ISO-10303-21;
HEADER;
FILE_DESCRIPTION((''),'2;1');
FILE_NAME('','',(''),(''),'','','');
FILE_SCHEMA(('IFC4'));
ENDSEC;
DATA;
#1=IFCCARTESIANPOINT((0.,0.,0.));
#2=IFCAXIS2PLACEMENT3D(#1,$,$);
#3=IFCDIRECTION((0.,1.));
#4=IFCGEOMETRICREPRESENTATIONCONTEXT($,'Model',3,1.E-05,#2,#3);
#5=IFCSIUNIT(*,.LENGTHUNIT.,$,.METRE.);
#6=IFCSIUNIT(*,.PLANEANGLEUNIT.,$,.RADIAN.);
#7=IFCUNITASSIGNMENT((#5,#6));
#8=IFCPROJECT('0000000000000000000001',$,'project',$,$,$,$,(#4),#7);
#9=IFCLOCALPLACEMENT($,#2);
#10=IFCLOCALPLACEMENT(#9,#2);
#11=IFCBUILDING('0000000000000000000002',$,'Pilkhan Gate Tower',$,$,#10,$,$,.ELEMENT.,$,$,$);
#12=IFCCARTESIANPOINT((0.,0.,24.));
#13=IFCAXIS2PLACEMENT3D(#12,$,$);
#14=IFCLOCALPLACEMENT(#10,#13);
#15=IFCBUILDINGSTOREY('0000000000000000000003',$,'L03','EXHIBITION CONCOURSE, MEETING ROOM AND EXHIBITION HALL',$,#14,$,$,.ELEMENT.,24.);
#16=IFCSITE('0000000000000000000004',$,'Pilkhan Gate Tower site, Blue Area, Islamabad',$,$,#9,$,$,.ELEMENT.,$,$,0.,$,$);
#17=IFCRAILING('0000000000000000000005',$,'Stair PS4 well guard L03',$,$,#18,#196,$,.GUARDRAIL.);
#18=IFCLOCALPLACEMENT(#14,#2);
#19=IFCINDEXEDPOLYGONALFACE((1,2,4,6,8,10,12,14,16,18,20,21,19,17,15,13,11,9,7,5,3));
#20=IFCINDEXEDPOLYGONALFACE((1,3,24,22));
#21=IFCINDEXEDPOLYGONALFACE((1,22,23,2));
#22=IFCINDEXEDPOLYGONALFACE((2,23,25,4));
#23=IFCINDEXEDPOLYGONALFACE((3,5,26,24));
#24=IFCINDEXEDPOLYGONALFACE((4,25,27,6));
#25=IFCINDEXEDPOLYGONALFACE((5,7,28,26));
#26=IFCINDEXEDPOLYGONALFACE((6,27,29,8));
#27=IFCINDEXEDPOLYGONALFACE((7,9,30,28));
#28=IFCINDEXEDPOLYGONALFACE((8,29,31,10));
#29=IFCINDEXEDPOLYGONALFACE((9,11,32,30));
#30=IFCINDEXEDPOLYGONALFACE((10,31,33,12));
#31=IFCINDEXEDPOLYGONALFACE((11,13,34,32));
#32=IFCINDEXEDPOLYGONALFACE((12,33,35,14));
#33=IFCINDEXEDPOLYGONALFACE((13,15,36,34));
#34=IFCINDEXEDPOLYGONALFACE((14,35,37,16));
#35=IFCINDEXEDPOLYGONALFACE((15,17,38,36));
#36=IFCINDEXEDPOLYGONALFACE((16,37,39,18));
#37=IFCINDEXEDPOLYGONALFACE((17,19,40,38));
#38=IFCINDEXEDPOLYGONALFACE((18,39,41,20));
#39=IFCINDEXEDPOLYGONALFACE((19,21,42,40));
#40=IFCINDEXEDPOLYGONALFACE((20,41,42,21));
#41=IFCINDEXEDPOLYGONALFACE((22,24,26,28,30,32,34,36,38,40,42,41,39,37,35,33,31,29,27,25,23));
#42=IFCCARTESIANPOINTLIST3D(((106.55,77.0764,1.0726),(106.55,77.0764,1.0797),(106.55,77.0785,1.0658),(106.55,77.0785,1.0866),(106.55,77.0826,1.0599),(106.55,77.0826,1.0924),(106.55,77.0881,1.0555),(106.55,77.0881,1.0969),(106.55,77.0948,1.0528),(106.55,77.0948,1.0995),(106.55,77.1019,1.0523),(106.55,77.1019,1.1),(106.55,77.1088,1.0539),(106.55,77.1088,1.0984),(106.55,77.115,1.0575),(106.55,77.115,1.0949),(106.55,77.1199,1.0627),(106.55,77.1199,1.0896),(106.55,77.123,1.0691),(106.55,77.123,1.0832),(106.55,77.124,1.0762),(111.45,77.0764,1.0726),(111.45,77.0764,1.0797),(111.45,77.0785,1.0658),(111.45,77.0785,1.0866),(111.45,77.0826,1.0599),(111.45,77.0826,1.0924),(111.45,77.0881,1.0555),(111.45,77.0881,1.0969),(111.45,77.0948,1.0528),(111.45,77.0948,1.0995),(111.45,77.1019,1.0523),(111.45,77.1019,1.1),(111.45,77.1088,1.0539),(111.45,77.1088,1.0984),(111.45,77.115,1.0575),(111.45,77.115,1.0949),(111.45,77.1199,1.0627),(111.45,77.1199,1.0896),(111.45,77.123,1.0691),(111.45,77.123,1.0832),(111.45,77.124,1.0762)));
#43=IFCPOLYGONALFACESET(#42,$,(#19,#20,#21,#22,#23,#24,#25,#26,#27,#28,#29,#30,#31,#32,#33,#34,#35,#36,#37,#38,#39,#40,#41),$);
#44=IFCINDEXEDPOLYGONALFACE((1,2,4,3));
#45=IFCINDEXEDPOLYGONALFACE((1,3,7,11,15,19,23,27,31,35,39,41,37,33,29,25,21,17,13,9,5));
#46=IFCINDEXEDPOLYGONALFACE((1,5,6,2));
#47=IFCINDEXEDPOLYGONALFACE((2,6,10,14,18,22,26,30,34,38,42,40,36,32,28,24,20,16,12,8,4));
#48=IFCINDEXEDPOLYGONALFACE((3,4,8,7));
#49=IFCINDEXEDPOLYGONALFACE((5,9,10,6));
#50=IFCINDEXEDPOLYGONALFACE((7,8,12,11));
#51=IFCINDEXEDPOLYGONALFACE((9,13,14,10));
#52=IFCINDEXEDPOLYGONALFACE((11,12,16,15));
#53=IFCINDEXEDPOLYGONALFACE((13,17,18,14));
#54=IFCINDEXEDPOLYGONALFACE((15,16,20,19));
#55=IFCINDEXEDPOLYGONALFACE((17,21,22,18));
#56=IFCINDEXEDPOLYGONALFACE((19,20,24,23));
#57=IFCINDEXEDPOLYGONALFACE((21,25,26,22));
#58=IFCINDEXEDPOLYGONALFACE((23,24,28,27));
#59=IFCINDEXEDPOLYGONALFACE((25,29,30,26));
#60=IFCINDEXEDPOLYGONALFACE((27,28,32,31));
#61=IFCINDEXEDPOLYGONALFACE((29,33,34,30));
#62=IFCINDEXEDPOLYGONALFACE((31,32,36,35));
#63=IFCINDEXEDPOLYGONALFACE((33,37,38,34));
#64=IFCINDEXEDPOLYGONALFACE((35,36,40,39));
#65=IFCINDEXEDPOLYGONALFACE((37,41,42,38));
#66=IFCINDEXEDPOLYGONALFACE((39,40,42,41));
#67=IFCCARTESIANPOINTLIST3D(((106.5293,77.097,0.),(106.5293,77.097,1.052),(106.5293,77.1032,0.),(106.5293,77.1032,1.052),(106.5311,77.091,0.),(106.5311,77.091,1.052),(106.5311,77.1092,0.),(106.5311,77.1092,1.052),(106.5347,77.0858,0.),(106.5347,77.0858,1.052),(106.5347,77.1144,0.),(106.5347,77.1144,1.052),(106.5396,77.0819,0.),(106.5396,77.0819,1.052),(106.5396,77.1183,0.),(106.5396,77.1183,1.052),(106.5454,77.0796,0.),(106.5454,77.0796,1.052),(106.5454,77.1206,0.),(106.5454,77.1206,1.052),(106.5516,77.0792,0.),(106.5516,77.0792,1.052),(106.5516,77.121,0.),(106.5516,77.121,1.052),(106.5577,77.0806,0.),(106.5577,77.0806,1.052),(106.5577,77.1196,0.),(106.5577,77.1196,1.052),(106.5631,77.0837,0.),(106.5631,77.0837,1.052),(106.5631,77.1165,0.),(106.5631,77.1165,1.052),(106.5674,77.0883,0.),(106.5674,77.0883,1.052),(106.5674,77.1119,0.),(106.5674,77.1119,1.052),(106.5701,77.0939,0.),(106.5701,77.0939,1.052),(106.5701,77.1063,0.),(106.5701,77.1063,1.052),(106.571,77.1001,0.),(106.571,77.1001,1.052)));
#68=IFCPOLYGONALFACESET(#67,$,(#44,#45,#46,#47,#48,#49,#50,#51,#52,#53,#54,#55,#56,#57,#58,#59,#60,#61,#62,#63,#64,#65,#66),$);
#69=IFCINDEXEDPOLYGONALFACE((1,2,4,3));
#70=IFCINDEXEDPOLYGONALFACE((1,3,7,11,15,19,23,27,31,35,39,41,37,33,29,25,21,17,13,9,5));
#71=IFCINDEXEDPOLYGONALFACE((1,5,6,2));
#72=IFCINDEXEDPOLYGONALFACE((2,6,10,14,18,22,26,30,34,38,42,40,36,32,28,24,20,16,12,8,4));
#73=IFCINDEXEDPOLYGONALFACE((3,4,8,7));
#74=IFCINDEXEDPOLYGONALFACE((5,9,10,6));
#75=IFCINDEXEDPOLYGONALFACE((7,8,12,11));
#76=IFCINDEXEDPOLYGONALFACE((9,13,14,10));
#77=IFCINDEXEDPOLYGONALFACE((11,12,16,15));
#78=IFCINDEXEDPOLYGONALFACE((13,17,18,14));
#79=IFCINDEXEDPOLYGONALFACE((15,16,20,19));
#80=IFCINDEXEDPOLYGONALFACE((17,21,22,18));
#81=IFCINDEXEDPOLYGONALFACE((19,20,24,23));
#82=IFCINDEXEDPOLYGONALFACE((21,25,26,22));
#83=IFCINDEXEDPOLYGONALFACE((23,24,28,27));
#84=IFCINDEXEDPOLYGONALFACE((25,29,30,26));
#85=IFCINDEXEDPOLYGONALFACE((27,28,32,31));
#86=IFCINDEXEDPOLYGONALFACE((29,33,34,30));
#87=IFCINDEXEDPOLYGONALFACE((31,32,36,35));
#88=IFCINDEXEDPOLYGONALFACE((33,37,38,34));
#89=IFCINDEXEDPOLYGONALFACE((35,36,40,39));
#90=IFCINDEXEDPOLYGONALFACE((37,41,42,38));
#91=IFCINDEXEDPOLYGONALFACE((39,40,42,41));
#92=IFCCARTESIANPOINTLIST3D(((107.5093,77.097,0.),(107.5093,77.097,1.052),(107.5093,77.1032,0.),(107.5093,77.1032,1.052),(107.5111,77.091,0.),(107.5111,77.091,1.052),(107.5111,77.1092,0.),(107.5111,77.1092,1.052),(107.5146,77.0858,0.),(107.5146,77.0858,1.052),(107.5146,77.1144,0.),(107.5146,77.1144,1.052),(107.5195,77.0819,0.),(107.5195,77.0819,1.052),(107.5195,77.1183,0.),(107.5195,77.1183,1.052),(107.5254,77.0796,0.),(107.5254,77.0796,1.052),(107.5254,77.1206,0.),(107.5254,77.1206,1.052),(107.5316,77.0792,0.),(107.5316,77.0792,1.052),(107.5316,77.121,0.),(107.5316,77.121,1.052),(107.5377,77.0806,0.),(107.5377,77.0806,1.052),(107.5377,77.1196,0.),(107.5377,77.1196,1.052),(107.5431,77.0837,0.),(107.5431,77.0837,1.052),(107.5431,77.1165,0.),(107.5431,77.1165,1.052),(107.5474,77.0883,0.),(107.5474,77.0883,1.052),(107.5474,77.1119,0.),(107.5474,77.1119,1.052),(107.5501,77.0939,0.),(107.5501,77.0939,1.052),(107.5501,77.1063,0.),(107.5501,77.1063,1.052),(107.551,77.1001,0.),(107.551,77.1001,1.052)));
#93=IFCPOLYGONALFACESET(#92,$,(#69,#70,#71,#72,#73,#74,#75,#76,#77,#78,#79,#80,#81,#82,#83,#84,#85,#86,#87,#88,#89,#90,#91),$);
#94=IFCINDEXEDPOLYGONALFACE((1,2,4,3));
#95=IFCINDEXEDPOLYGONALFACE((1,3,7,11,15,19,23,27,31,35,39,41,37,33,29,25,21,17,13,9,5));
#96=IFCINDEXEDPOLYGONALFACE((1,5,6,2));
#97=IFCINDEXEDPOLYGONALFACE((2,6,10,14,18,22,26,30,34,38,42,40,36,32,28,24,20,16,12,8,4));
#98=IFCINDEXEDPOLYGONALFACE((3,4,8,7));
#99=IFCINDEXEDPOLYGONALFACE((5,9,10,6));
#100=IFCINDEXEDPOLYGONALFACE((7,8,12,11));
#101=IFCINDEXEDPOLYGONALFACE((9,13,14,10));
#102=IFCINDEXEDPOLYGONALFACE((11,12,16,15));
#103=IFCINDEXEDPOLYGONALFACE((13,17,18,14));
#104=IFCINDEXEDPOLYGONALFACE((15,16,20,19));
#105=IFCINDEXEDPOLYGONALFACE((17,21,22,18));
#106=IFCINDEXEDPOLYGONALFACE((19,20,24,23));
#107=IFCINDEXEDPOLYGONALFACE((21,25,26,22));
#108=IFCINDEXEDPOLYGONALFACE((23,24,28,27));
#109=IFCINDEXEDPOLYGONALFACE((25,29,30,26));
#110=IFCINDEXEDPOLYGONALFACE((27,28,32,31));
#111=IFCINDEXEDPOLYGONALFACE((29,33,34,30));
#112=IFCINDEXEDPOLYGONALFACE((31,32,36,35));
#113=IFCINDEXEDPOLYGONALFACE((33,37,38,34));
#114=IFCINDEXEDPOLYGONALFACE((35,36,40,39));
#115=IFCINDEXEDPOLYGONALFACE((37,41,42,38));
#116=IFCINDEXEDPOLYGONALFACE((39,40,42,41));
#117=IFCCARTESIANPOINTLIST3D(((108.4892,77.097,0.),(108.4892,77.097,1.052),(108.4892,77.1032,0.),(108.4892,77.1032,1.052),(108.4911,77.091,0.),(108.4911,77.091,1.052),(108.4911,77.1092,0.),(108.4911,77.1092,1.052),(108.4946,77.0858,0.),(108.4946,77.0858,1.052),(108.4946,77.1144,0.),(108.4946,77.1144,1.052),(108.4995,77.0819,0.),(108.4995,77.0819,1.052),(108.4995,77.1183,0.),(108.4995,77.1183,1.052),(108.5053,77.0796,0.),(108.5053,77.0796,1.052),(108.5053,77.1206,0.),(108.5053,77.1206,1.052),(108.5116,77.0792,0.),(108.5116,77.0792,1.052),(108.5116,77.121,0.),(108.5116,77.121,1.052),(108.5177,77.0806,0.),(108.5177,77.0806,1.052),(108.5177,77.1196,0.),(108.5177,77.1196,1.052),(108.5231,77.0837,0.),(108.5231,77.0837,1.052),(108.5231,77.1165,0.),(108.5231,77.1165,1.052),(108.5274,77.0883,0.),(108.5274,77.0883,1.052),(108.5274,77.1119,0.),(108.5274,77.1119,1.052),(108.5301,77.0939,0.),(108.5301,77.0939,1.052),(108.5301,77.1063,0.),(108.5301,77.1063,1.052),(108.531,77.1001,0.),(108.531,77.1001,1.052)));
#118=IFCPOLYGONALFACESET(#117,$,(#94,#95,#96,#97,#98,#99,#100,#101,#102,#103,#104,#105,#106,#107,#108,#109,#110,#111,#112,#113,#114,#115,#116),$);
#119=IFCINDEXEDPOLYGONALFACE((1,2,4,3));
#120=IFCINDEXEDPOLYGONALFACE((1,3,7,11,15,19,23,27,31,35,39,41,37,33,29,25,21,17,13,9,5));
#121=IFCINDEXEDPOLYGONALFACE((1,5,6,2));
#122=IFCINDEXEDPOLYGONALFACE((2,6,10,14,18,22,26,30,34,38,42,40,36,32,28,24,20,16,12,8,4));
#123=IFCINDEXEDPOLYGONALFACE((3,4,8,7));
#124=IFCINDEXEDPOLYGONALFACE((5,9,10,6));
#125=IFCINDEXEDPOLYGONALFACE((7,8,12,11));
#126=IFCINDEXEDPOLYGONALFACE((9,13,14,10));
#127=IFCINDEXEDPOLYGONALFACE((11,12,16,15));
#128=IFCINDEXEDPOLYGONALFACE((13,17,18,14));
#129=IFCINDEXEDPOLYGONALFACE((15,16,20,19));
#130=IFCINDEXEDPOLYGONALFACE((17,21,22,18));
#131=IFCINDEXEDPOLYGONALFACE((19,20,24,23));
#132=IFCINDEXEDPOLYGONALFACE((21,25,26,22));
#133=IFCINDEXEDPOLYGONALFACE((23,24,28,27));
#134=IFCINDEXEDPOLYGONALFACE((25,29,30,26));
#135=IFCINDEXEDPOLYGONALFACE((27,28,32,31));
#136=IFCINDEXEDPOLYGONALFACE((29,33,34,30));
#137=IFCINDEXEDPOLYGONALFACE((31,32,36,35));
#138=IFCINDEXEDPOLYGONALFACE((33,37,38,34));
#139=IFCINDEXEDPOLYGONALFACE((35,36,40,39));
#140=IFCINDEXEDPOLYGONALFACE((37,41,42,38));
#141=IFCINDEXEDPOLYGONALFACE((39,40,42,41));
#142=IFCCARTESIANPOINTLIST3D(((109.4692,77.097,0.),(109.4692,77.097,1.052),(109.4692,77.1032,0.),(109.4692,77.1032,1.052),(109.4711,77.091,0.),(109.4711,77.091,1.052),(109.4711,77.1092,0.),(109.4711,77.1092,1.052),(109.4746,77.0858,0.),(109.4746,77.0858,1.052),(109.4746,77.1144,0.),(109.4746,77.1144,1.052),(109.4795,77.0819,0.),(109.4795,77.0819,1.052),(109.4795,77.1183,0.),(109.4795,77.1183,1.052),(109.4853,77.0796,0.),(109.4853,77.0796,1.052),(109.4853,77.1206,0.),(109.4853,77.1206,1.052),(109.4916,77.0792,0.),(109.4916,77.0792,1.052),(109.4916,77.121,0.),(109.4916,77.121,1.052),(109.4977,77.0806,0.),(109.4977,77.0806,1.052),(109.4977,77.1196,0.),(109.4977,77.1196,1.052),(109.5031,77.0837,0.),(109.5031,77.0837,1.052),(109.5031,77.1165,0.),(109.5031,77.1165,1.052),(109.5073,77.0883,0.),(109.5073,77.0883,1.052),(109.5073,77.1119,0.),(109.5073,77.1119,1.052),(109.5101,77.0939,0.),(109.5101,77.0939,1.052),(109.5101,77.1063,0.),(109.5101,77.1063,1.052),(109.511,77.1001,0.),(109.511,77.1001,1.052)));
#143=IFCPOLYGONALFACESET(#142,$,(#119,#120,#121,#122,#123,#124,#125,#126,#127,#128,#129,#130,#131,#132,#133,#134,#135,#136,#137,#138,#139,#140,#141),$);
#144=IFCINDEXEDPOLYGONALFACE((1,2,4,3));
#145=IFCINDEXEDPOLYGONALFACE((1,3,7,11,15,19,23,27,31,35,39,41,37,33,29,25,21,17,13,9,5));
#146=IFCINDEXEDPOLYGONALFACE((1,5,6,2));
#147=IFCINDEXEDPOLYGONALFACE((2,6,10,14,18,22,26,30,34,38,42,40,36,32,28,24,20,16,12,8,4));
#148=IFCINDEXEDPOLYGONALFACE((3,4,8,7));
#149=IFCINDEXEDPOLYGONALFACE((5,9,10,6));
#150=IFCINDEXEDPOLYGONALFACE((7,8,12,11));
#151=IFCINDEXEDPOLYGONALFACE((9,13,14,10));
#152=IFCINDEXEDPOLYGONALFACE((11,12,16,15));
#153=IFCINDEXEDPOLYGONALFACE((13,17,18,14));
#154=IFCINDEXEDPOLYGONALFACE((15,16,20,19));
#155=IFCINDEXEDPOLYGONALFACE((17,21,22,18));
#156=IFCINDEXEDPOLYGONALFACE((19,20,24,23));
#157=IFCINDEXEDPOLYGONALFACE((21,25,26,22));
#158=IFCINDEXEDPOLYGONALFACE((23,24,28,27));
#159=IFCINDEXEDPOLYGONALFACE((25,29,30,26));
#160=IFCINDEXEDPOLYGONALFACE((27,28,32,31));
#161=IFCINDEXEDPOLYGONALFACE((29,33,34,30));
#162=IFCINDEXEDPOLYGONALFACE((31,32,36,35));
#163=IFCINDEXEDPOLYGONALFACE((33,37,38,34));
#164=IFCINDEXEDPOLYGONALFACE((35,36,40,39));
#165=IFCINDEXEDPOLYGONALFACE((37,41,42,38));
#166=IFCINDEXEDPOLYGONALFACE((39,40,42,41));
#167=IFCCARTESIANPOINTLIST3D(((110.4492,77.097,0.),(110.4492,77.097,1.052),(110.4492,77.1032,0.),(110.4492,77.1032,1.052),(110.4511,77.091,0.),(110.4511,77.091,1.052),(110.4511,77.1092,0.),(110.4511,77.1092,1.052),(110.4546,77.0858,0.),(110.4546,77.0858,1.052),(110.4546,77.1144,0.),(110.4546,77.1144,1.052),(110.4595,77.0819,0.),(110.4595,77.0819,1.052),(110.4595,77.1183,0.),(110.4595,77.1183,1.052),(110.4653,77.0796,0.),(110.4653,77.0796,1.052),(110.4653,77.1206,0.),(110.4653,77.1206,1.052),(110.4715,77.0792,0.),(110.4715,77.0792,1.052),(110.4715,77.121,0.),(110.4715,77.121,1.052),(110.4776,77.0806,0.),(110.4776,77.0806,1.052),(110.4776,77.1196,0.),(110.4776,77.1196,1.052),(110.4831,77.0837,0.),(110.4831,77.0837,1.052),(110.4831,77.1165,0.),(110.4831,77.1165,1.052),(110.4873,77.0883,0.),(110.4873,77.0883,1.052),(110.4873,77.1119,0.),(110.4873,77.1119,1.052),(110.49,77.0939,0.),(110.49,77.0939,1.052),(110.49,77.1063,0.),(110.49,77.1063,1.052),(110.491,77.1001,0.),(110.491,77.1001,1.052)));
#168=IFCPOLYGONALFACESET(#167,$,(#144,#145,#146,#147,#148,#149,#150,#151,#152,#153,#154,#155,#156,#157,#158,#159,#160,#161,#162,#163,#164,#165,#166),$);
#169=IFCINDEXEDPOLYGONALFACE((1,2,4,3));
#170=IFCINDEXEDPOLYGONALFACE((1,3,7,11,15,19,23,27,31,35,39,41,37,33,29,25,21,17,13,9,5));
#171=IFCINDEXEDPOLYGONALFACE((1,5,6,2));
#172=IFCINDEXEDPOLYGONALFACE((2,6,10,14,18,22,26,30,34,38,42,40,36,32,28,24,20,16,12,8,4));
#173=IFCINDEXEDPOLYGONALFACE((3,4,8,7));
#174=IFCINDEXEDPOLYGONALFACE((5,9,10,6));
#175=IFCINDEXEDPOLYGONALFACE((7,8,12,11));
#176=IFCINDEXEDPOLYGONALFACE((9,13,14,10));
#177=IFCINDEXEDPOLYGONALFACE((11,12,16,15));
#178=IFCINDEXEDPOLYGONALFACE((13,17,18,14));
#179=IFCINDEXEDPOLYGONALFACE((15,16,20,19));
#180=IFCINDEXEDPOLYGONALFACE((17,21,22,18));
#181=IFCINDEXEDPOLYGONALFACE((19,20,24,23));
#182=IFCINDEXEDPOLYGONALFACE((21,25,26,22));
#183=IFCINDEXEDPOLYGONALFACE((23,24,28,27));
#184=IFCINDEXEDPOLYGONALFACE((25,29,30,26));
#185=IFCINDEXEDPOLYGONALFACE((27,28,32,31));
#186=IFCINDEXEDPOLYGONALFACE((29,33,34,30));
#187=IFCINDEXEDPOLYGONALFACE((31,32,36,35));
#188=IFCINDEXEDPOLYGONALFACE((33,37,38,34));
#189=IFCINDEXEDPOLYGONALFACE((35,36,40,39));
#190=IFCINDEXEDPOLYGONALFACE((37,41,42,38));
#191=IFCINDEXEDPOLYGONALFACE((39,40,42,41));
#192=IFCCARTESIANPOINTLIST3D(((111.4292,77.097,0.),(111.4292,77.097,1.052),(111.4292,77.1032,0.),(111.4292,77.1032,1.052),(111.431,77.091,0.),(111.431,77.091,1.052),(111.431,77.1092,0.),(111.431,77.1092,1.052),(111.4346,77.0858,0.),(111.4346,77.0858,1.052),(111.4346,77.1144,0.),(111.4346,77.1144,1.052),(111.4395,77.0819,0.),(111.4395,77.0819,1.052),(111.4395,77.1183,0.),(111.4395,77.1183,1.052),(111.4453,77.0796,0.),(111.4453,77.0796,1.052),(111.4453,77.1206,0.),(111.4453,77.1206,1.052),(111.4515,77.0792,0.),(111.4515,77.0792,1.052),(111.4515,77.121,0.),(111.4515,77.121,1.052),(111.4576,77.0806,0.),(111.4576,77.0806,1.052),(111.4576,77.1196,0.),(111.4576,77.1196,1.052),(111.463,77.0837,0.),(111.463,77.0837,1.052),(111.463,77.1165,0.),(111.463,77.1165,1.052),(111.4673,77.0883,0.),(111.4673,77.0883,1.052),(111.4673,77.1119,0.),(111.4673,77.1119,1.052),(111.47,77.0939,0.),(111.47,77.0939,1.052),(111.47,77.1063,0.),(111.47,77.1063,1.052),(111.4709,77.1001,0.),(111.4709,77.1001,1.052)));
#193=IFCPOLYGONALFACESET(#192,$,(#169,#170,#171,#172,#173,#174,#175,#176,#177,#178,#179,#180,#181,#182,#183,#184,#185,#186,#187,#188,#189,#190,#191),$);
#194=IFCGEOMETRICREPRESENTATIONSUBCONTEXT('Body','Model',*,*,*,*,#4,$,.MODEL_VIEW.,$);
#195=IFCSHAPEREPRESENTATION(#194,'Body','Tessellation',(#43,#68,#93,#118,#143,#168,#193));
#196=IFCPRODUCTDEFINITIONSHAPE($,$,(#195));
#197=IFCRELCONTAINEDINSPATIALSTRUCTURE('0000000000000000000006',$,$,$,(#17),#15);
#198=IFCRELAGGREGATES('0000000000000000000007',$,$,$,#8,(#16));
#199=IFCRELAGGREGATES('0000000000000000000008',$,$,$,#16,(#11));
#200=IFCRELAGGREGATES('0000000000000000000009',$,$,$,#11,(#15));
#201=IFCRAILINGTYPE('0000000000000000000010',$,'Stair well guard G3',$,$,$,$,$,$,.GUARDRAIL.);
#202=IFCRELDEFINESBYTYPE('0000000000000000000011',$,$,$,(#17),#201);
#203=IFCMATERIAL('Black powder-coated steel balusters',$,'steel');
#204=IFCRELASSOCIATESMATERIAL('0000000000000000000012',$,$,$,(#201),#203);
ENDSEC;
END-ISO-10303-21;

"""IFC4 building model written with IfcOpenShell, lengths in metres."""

from ifc_helpers import new_model, si_unit, direction, frame, origin, origin_2d, place, context, subcontext, project, spatial, circle, extrude, material, type_object, element, save


model = new_model("IFC4")

# Units and contexts
model_context = context("Model", 3, precision=1e-05, world=origin(), true_north=direction((0.0, 1.0)))
body_context = subcontext(model_context, "Body", "Model", "MODEL_VIEW")
ifc_project = project(units=[si_unit("LENGTHUNIT", "METRE"), si_unit("PLANEANGLEUNIT", "RADIAN")], contexts=[model_context])

# Site, building, storey
site_placement = place(None, origin())
site = spatial("IfcSite", under=ifc_project, at=site_placement, Name="Pilkhan Gate Tower site, Blue Area, Islamabad", CompositionType="ELEMENT", RefElevation=0.0)
building_placement = place(site_placement, origin())
building = spatial("IfcBuilding", under=site, at=building_placement, Name="Pilkhan Gate Tower", CompositionType="ELEMENT")
storey_placement = place(building_placement, frame((0.0, 0.0, 24.0)))
storey = spatial("IfcBuildingStorey", under=building, at=storey_placement, Name="L03", Description="EXHIBITION CONCOURSE, MEETING ROOM AND EXHIBITION HALL", CompositionType="ELEMENT", Elevation=24.0)

# Railing
ifc_material_1 = material(Name="Black powder-coated steel balusters", Category="steel")
railing_type = type_object("IfcRailingType", Name="Stair well guard G3", PredefinedType="GUARDRAIL", material=ifc_material_1)
railing_1_placement = place(storey_placement, frame((106.55, 77.1001, 0.0)))
element("IfcRailing", 1, at=railing_1_placement, inside=storey, type_object=railing_type, Name="Stair PS4 well guard L03", PredefinedType="GUARDRAIL", context=body_context, shape_type="SweptSolid", body=[
    extrude(circle(Radius=0.0239, at=origin_2d()), frame((0.0, 0.0, 1.0762), z_axis=(1.0, 0.0, 0.0), x_axis=(0.0, 1.0, 0.0)), (0.0, 0.0, 1.0), 4.8999),
    extrude(circle(Radius=0.021, at=origin_2d()), origin(), (0.0, 0.0, 1.0), 1.052),
    extrude(circle(Radius=0.021, at=origin_2d()), frame((0.98, 0.0, 0.0)), (0.0, 0.0, 1.0), 1.052),
    extrude(circle(Radius=0.021, at=origin_2d()), frame((1.96, 0.0, 0.0)), (0.0, 0.0, 1.0), 1.052),
    extrude(circle(Radius=0.021, at=origin_2d()), frame((2.9399, 0.0, 0.0)), (0.0, 0.0, 1.0), 1.052),
    extrude(circle(Radius=0.021, at=origin_2d()), frame((3.9199, 0.0, 0.0)), (0.0, 0.0, 1.0), 1.052),
    extrude(circle(Radius=0.021, at=origin_2d()), frame((4.8999, 0.0, 0.0)), (0.0, 0.0, 1.0), 1.052),
])

save(model, "model.ifc")
